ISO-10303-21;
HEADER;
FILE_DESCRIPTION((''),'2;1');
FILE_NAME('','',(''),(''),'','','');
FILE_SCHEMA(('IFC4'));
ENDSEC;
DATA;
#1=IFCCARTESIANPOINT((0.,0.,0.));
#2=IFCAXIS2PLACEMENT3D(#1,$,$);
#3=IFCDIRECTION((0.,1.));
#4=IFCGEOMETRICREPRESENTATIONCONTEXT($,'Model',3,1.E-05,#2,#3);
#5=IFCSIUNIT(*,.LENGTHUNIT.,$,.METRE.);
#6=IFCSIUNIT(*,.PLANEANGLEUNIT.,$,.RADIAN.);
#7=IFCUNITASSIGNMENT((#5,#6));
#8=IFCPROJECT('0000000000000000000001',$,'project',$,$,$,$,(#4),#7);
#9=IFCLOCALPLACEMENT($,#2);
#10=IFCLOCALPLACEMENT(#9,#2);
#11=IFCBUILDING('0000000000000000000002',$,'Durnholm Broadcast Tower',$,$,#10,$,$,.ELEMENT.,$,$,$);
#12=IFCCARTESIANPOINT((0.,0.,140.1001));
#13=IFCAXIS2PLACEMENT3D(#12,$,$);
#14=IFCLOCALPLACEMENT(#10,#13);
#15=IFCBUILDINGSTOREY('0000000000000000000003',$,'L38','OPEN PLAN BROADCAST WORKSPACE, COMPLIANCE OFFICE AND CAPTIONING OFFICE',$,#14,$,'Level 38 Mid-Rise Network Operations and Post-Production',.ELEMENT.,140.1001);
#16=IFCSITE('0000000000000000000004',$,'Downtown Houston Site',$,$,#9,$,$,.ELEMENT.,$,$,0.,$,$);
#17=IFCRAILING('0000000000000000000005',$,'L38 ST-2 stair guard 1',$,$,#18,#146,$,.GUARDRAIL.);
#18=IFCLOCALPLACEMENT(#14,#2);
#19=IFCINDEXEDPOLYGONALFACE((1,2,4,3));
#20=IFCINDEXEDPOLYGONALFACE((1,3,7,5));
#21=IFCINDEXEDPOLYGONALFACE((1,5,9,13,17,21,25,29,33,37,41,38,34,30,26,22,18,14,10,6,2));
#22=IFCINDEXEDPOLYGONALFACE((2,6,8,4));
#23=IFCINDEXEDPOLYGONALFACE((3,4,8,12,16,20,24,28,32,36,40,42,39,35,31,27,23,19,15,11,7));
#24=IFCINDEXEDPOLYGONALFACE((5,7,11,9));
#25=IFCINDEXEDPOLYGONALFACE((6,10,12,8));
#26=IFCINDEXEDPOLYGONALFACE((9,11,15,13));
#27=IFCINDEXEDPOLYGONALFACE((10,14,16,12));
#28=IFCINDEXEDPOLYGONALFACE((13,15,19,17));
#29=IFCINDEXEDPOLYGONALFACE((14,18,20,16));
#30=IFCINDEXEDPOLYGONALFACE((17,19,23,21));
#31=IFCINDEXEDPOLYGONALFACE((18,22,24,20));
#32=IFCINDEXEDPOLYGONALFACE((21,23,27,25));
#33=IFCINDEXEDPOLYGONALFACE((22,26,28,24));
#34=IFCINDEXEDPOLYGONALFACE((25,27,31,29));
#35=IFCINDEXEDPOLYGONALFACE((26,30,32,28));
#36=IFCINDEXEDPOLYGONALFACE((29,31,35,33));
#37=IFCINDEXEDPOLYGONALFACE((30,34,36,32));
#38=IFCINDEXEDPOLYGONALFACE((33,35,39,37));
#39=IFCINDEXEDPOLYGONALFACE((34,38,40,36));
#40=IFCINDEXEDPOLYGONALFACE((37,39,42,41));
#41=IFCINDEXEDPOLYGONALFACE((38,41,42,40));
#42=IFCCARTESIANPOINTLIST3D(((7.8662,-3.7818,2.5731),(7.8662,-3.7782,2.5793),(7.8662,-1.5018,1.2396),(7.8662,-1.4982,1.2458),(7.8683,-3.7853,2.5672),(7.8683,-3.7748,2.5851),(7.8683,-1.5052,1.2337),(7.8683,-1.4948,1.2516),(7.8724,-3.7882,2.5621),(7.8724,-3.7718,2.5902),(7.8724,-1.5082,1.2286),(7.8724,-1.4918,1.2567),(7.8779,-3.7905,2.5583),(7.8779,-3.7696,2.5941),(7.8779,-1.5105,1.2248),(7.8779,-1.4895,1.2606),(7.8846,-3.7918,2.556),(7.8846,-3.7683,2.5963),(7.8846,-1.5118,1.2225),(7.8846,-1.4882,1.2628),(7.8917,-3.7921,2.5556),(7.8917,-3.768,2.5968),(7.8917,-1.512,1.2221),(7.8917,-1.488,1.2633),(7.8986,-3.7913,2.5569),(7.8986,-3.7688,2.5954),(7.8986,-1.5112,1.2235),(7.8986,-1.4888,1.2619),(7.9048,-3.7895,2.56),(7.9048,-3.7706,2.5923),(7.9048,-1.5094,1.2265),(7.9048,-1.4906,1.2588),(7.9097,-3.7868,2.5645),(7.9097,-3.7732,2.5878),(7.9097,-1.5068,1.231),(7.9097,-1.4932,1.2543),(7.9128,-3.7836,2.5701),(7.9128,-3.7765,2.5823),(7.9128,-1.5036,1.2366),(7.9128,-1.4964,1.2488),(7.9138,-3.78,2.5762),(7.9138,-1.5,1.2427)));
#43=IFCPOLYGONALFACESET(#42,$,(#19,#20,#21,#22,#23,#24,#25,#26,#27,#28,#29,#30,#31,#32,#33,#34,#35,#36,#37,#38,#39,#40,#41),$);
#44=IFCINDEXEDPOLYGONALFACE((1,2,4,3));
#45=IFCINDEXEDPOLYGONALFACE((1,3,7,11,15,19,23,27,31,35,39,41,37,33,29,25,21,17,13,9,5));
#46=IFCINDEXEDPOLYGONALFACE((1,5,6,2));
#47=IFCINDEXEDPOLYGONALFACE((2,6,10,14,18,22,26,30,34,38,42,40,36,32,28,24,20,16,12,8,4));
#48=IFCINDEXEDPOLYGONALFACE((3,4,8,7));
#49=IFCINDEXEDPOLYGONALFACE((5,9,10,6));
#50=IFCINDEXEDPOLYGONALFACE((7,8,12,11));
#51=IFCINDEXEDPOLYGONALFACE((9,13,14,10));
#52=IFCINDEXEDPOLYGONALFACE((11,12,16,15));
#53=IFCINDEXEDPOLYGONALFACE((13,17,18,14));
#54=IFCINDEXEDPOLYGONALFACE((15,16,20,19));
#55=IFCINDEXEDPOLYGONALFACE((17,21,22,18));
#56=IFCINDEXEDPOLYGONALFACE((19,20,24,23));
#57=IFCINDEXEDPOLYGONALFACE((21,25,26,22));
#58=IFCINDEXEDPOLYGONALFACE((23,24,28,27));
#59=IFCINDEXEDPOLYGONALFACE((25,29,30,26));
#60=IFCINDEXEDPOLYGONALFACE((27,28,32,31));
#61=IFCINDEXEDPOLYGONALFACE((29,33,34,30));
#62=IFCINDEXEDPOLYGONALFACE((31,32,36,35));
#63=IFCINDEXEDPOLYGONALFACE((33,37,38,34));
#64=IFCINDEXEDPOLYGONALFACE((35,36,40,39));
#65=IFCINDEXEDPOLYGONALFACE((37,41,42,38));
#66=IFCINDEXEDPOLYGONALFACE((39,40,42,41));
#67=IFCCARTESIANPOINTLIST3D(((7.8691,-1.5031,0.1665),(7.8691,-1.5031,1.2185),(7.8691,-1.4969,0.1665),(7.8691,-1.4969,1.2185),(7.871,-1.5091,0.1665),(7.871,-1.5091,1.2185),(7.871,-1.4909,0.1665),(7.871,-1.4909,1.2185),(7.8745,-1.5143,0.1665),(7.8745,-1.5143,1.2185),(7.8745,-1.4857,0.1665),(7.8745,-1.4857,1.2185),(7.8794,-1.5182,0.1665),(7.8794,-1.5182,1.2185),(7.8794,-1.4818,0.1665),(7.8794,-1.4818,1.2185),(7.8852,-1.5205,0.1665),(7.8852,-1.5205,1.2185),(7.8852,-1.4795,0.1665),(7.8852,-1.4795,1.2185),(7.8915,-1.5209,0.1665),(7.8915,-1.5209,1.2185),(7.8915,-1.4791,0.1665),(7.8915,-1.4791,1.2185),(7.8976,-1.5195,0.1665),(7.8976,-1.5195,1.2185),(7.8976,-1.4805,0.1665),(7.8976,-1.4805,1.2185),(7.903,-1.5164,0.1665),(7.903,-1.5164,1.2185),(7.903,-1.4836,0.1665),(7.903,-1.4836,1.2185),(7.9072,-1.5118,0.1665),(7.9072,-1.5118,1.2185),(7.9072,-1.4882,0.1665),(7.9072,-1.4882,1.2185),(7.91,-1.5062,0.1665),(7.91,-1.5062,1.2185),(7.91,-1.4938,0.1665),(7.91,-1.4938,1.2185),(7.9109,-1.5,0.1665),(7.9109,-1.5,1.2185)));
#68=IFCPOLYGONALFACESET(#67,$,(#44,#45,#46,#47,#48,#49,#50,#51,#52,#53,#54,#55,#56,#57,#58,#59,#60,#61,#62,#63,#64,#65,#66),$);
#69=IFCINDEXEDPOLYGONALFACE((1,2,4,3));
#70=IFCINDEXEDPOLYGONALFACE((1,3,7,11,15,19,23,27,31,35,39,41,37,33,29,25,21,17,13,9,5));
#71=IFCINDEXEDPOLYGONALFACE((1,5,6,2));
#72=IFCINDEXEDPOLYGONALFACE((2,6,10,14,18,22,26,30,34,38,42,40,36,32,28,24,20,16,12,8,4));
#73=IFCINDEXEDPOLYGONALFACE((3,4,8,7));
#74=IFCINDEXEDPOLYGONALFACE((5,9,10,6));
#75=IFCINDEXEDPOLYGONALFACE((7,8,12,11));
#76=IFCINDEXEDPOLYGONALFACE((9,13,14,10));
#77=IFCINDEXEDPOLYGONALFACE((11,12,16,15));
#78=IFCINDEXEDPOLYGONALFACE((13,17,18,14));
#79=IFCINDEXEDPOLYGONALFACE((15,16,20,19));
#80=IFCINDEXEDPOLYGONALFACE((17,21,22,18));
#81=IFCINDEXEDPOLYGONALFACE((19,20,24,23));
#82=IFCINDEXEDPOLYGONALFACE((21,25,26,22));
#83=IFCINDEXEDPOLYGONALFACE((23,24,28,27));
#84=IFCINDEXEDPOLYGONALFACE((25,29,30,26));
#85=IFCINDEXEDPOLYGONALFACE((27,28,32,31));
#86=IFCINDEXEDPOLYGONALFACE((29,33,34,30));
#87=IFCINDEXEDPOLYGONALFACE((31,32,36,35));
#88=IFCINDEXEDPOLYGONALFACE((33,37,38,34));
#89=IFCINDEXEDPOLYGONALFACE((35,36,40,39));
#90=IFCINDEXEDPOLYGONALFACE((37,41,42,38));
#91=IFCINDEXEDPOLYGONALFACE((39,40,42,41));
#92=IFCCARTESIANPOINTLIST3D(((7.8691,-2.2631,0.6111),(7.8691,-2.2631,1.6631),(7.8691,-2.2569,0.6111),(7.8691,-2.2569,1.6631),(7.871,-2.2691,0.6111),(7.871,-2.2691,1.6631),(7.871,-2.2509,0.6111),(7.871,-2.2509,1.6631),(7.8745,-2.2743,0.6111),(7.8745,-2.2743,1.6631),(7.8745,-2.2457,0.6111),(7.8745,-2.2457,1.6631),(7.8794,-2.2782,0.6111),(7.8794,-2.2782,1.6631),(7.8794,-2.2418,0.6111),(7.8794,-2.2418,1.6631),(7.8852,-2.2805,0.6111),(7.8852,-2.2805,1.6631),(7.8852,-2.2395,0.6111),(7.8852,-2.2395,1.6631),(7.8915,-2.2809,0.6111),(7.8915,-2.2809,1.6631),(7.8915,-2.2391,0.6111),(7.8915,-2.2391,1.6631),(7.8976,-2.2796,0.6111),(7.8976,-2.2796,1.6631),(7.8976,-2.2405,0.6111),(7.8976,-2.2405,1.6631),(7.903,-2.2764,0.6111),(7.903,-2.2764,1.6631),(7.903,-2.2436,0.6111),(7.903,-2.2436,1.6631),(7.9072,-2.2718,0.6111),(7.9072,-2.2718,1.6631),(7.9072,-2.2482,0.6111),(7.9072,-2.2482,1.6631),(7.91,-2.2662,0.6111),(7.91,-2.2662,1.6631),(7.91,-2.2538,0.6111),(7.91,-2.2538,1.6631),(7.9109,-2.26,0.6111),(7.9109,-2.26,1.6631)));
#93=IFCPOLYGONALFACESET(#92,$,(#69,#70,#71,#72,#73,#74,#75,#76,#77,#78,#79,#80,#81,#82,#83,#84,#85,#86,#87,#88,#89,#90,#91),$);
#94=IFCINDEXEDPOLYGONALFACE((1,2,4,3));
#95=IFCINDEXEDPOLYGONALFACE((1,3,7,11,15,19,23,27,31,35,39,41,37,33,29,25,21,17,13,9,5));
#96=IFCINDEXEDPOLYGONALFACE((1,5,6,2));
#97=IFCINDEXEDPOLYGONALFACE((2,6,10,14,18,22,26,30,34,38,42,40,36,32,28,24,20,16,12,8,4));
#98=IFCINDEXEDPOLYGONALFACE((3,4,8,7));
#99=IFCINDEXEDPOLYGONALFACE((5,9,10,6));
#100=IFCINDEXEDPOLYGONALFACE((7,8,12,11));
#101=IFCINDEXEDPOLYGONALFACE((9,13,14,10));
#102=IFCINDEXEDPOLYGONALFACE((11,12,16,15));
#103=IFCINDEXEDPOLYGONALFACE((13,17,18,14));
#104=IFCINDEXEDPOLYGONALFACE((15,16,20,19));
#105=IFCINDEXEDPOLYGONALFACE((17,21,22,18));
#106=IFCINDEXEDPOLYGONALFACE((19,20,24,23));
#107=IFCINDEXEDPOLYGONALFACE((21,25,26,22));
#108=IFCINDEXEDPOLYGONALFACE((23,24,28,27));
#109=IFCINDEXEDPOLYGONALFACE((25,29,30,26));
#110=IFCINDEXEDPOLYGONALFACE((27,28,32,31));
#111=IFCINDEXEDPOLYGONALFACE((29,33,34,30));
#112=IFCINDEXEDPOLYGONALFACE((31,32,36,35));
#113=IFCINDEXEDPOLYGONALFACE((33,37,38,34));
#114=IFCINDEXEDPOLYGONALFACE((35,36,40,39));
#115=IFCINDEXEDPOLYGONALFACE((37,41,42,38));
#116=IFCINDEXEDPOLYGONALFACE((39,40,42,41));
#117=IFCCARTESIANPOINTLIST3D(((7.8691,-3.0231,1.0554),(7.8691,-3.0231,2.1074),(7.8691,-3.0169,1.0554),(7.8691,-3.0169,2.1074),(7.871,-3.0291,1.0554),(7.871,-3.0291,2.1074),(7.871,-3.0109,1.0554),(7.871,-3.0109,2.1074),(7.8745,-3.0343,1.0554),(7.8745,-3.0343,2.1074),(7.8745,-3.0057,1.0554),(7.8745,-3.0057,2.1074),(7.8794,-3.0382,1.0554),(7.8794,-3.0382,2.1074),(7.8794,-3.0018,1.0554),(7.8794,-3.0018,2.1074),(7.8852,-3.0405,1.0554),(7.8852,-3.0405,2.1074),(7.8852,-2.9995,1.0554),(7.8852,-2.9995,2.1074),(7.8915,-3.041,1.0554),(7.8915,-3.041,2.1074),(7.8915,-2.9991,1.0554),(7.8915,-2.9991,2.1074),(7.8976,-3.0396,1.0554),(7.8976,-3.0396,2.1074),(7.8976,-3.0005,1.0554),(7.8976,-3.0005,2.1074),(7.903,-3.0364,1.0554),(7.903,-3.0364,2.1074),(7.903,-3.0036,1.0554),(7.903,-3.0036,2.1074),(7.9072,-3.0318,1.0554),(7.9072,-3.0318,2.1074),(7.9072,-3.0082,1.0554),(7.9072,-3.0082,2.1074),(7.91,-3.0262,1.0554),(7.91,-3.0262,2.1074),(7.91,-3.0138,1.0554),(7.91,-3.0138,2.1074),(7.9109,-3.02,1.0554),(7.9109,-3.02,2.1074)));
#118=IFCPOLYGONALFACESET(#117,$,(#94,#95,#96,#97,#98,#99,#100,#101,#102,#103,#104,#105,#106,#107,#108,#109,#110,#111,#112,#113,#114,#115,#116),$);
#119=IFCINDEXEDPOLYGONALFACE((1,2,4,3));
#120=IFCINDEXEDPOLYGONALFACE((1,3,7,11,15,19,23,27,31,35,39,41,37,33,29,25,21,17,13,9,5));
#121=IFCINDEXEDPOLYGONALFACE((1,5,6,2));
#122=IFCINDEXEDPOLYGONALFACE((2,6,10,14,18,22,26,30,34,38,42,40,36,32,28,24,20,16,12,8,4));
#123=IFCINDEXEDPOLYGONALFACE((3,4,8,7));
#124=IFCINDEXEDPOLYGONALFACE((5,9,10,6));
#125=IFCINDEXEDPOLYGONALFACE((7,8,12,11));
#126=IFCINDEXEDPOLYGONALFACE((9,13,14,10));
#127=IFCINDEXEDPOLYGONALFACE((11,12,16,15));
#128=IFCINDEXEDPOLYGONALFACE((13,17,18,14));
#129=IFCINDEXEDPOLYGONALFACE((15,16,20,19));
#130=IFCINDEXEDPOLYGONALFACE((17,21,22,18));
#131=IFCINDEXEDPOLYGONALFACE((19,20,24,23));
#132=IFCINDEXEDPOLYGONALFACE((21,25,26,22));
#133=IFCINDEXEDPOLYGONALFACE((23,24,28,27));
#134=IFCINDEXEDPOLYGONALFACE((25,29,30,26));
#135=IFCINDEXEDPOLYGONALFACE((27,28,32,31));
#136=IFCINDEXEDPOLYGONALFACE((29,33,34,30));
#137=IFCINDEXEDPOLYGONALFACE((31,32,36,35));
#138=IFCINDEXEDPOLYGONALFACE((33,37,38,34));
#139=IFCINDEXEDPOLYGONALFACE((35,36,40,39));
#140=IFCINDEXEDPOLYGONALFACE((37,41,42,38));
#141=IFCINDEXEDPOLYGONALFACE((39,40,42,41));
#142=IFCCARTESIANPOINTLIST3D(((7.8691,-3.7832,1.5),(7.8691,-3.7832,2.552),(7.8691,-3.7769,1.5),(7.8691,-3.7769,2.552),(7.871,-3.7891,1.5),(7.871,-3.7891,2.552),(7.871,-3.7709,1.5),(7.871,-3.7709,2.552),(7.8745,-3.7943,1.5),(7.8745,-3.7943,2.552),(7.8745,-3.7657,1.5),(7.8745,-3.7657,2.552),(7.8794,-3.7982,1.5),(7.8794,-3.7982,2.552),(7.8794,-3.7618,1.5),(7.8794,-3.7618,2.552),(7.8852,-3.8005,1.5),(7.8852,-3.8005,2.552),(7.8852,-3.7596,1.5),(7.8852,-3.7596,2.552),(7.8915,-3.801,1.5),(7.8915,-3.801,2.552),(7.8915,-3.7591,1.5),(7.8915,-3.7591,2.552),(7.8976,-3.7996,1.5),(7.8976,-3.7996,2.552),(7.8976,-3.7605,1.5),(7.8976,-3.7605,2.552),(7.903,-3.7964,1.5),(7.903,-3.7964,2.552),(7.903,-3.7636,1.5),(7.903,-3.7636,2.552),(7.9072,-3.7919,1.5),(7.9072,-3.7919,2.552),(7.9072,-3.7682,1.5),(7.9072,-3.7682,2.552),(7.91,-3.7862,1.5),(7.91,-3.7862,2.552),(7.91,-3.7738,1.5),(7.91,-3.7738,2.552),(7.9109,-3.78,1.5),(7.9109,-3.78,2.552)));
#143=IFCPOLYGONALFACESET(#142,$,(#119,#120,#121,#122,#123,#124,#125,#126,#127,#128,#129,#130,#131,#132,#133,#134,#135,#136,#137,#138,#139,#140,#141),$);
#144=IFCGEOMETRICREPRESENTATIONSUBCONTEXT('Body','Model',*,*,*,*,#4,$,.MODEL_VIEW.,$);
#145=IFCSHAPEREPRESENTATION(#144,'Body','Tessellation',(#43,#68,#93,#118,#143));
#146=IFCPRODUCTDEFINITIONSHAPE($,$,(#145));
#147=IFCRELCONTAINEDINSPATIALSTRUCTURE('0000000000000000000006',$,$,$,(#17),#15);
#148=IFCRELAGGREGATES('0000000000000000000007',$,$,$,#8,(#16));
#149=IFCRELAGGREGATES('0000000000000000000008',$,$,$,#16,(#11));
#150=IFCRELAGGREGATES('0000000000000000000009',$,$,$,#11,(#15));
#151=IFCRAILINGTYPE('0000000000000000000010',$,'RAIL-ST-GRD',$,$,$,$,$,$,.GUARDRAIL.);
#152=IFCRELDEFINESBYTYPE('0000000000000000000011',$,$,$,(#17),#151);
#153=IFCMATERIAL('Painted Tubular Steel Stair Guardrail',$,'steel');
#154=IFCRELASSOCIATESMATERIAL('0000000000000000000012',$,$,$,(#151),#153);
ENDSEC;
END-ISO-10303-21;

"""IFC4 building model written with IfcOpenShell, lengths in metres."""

from ifc_helpers import new_model, si_unit, direction, frame, origin, origin_2d, place, context, subcontext, project, spatial, circle, extrude, material, type_object, element, save


model = new_model("IFC4")

# Units and contexts
model_context = context("Model", 3, precision=1e-05, world=origin(), true_north=direction((0.0, 1.0)))
body_context = subcontext(model_context, "Body", "Model", "MODEL_VIEW")
ifc_project = project(units=[si_unit("LENGTHUNIT", "METRE"), si_unit("PLANEANGLEUNIT", "RADIAN")], contexts=[model_context])

# Site, building, storey
site_placement = place(None, origin())
site = spatial("IfcSite", under=ifc_project, at=site_placement, Name="Downtown Houston Site", CompositionType="ELEMENT", RefElevation=0.0)
building_placement = place(site_placement, origin())
building = spatial("IfcBuilding", under=site, at=building_placement, Name="Durnholm Broadcast Tower", CompositionType="ELEMENT")
storey_placement = place(building_placement, frame((0.0, 0.0, 140.1001)))
storey = spatial("IfcBuildingStorey", under=building, at=storey_placement, Name="L38", Description="OPEN PLAN BROADCAST WORKSPACE, COMPLIANCE OFFICE AND CAPTIONING OFFICE", LongName="Level 38 Mid-Rise Network Operations and Post-Production", CompositionType="ELEMENT", Elevation=140.1001)

# Railing
ifc_material_1 = material(Name="Painted Tubular Steel Stair Guardrail", Category="steel")
railing_type_1 = type_object("IfcRailingType", Name="RAIL-ST-GRD", PredefinedType="GUARDRAIL", material=ifc_material_1)
railing_1_placement = place(storey_placement, frame((7.8899, -1.5, 0.1665)))
element("IfcRailing", 1, at=railing_1_placement, inside=storey, type_object=railing_type_1, Name="L38 ST-2 stair guard 1", PredefinedType="GUARDRAIL", context=body_context, shape_type="SweptSolid", body=[
    extrude(circle(Radius=0.0239, at=origin_2d()), frame((0.0, 0.0, 1.0762), z_axis=(0.0, -0.863205, 0.504853), x_axis=(1.0, 0.0, 0.0)), (0.0, 0.0, 1.0), 2.6414),
    extrude(circle(Radius=0.021, at=origin_2d()), origin(), (0.0, 0.0, 1.0), 1.052),
    extrude(circle(Radius=0.021, at=origin_2d()), frame((0.0, -0.76, 0.4446)), (0.0, 0.0, 1.0), 1.052),
    extrude(circle(Radius=0.021, at=origin_2d()), frame((0.0, -1.52, 0.8889)), (0.0, 0.0, 1.0), 1.052),
    extrude(circle(Radius=0.021, at=origin_2d()), frame((0.0, -2.28, 1.3335)), (0.0, 0.0, 1.0), 1.052),
])

save(model, "model.ifc")
